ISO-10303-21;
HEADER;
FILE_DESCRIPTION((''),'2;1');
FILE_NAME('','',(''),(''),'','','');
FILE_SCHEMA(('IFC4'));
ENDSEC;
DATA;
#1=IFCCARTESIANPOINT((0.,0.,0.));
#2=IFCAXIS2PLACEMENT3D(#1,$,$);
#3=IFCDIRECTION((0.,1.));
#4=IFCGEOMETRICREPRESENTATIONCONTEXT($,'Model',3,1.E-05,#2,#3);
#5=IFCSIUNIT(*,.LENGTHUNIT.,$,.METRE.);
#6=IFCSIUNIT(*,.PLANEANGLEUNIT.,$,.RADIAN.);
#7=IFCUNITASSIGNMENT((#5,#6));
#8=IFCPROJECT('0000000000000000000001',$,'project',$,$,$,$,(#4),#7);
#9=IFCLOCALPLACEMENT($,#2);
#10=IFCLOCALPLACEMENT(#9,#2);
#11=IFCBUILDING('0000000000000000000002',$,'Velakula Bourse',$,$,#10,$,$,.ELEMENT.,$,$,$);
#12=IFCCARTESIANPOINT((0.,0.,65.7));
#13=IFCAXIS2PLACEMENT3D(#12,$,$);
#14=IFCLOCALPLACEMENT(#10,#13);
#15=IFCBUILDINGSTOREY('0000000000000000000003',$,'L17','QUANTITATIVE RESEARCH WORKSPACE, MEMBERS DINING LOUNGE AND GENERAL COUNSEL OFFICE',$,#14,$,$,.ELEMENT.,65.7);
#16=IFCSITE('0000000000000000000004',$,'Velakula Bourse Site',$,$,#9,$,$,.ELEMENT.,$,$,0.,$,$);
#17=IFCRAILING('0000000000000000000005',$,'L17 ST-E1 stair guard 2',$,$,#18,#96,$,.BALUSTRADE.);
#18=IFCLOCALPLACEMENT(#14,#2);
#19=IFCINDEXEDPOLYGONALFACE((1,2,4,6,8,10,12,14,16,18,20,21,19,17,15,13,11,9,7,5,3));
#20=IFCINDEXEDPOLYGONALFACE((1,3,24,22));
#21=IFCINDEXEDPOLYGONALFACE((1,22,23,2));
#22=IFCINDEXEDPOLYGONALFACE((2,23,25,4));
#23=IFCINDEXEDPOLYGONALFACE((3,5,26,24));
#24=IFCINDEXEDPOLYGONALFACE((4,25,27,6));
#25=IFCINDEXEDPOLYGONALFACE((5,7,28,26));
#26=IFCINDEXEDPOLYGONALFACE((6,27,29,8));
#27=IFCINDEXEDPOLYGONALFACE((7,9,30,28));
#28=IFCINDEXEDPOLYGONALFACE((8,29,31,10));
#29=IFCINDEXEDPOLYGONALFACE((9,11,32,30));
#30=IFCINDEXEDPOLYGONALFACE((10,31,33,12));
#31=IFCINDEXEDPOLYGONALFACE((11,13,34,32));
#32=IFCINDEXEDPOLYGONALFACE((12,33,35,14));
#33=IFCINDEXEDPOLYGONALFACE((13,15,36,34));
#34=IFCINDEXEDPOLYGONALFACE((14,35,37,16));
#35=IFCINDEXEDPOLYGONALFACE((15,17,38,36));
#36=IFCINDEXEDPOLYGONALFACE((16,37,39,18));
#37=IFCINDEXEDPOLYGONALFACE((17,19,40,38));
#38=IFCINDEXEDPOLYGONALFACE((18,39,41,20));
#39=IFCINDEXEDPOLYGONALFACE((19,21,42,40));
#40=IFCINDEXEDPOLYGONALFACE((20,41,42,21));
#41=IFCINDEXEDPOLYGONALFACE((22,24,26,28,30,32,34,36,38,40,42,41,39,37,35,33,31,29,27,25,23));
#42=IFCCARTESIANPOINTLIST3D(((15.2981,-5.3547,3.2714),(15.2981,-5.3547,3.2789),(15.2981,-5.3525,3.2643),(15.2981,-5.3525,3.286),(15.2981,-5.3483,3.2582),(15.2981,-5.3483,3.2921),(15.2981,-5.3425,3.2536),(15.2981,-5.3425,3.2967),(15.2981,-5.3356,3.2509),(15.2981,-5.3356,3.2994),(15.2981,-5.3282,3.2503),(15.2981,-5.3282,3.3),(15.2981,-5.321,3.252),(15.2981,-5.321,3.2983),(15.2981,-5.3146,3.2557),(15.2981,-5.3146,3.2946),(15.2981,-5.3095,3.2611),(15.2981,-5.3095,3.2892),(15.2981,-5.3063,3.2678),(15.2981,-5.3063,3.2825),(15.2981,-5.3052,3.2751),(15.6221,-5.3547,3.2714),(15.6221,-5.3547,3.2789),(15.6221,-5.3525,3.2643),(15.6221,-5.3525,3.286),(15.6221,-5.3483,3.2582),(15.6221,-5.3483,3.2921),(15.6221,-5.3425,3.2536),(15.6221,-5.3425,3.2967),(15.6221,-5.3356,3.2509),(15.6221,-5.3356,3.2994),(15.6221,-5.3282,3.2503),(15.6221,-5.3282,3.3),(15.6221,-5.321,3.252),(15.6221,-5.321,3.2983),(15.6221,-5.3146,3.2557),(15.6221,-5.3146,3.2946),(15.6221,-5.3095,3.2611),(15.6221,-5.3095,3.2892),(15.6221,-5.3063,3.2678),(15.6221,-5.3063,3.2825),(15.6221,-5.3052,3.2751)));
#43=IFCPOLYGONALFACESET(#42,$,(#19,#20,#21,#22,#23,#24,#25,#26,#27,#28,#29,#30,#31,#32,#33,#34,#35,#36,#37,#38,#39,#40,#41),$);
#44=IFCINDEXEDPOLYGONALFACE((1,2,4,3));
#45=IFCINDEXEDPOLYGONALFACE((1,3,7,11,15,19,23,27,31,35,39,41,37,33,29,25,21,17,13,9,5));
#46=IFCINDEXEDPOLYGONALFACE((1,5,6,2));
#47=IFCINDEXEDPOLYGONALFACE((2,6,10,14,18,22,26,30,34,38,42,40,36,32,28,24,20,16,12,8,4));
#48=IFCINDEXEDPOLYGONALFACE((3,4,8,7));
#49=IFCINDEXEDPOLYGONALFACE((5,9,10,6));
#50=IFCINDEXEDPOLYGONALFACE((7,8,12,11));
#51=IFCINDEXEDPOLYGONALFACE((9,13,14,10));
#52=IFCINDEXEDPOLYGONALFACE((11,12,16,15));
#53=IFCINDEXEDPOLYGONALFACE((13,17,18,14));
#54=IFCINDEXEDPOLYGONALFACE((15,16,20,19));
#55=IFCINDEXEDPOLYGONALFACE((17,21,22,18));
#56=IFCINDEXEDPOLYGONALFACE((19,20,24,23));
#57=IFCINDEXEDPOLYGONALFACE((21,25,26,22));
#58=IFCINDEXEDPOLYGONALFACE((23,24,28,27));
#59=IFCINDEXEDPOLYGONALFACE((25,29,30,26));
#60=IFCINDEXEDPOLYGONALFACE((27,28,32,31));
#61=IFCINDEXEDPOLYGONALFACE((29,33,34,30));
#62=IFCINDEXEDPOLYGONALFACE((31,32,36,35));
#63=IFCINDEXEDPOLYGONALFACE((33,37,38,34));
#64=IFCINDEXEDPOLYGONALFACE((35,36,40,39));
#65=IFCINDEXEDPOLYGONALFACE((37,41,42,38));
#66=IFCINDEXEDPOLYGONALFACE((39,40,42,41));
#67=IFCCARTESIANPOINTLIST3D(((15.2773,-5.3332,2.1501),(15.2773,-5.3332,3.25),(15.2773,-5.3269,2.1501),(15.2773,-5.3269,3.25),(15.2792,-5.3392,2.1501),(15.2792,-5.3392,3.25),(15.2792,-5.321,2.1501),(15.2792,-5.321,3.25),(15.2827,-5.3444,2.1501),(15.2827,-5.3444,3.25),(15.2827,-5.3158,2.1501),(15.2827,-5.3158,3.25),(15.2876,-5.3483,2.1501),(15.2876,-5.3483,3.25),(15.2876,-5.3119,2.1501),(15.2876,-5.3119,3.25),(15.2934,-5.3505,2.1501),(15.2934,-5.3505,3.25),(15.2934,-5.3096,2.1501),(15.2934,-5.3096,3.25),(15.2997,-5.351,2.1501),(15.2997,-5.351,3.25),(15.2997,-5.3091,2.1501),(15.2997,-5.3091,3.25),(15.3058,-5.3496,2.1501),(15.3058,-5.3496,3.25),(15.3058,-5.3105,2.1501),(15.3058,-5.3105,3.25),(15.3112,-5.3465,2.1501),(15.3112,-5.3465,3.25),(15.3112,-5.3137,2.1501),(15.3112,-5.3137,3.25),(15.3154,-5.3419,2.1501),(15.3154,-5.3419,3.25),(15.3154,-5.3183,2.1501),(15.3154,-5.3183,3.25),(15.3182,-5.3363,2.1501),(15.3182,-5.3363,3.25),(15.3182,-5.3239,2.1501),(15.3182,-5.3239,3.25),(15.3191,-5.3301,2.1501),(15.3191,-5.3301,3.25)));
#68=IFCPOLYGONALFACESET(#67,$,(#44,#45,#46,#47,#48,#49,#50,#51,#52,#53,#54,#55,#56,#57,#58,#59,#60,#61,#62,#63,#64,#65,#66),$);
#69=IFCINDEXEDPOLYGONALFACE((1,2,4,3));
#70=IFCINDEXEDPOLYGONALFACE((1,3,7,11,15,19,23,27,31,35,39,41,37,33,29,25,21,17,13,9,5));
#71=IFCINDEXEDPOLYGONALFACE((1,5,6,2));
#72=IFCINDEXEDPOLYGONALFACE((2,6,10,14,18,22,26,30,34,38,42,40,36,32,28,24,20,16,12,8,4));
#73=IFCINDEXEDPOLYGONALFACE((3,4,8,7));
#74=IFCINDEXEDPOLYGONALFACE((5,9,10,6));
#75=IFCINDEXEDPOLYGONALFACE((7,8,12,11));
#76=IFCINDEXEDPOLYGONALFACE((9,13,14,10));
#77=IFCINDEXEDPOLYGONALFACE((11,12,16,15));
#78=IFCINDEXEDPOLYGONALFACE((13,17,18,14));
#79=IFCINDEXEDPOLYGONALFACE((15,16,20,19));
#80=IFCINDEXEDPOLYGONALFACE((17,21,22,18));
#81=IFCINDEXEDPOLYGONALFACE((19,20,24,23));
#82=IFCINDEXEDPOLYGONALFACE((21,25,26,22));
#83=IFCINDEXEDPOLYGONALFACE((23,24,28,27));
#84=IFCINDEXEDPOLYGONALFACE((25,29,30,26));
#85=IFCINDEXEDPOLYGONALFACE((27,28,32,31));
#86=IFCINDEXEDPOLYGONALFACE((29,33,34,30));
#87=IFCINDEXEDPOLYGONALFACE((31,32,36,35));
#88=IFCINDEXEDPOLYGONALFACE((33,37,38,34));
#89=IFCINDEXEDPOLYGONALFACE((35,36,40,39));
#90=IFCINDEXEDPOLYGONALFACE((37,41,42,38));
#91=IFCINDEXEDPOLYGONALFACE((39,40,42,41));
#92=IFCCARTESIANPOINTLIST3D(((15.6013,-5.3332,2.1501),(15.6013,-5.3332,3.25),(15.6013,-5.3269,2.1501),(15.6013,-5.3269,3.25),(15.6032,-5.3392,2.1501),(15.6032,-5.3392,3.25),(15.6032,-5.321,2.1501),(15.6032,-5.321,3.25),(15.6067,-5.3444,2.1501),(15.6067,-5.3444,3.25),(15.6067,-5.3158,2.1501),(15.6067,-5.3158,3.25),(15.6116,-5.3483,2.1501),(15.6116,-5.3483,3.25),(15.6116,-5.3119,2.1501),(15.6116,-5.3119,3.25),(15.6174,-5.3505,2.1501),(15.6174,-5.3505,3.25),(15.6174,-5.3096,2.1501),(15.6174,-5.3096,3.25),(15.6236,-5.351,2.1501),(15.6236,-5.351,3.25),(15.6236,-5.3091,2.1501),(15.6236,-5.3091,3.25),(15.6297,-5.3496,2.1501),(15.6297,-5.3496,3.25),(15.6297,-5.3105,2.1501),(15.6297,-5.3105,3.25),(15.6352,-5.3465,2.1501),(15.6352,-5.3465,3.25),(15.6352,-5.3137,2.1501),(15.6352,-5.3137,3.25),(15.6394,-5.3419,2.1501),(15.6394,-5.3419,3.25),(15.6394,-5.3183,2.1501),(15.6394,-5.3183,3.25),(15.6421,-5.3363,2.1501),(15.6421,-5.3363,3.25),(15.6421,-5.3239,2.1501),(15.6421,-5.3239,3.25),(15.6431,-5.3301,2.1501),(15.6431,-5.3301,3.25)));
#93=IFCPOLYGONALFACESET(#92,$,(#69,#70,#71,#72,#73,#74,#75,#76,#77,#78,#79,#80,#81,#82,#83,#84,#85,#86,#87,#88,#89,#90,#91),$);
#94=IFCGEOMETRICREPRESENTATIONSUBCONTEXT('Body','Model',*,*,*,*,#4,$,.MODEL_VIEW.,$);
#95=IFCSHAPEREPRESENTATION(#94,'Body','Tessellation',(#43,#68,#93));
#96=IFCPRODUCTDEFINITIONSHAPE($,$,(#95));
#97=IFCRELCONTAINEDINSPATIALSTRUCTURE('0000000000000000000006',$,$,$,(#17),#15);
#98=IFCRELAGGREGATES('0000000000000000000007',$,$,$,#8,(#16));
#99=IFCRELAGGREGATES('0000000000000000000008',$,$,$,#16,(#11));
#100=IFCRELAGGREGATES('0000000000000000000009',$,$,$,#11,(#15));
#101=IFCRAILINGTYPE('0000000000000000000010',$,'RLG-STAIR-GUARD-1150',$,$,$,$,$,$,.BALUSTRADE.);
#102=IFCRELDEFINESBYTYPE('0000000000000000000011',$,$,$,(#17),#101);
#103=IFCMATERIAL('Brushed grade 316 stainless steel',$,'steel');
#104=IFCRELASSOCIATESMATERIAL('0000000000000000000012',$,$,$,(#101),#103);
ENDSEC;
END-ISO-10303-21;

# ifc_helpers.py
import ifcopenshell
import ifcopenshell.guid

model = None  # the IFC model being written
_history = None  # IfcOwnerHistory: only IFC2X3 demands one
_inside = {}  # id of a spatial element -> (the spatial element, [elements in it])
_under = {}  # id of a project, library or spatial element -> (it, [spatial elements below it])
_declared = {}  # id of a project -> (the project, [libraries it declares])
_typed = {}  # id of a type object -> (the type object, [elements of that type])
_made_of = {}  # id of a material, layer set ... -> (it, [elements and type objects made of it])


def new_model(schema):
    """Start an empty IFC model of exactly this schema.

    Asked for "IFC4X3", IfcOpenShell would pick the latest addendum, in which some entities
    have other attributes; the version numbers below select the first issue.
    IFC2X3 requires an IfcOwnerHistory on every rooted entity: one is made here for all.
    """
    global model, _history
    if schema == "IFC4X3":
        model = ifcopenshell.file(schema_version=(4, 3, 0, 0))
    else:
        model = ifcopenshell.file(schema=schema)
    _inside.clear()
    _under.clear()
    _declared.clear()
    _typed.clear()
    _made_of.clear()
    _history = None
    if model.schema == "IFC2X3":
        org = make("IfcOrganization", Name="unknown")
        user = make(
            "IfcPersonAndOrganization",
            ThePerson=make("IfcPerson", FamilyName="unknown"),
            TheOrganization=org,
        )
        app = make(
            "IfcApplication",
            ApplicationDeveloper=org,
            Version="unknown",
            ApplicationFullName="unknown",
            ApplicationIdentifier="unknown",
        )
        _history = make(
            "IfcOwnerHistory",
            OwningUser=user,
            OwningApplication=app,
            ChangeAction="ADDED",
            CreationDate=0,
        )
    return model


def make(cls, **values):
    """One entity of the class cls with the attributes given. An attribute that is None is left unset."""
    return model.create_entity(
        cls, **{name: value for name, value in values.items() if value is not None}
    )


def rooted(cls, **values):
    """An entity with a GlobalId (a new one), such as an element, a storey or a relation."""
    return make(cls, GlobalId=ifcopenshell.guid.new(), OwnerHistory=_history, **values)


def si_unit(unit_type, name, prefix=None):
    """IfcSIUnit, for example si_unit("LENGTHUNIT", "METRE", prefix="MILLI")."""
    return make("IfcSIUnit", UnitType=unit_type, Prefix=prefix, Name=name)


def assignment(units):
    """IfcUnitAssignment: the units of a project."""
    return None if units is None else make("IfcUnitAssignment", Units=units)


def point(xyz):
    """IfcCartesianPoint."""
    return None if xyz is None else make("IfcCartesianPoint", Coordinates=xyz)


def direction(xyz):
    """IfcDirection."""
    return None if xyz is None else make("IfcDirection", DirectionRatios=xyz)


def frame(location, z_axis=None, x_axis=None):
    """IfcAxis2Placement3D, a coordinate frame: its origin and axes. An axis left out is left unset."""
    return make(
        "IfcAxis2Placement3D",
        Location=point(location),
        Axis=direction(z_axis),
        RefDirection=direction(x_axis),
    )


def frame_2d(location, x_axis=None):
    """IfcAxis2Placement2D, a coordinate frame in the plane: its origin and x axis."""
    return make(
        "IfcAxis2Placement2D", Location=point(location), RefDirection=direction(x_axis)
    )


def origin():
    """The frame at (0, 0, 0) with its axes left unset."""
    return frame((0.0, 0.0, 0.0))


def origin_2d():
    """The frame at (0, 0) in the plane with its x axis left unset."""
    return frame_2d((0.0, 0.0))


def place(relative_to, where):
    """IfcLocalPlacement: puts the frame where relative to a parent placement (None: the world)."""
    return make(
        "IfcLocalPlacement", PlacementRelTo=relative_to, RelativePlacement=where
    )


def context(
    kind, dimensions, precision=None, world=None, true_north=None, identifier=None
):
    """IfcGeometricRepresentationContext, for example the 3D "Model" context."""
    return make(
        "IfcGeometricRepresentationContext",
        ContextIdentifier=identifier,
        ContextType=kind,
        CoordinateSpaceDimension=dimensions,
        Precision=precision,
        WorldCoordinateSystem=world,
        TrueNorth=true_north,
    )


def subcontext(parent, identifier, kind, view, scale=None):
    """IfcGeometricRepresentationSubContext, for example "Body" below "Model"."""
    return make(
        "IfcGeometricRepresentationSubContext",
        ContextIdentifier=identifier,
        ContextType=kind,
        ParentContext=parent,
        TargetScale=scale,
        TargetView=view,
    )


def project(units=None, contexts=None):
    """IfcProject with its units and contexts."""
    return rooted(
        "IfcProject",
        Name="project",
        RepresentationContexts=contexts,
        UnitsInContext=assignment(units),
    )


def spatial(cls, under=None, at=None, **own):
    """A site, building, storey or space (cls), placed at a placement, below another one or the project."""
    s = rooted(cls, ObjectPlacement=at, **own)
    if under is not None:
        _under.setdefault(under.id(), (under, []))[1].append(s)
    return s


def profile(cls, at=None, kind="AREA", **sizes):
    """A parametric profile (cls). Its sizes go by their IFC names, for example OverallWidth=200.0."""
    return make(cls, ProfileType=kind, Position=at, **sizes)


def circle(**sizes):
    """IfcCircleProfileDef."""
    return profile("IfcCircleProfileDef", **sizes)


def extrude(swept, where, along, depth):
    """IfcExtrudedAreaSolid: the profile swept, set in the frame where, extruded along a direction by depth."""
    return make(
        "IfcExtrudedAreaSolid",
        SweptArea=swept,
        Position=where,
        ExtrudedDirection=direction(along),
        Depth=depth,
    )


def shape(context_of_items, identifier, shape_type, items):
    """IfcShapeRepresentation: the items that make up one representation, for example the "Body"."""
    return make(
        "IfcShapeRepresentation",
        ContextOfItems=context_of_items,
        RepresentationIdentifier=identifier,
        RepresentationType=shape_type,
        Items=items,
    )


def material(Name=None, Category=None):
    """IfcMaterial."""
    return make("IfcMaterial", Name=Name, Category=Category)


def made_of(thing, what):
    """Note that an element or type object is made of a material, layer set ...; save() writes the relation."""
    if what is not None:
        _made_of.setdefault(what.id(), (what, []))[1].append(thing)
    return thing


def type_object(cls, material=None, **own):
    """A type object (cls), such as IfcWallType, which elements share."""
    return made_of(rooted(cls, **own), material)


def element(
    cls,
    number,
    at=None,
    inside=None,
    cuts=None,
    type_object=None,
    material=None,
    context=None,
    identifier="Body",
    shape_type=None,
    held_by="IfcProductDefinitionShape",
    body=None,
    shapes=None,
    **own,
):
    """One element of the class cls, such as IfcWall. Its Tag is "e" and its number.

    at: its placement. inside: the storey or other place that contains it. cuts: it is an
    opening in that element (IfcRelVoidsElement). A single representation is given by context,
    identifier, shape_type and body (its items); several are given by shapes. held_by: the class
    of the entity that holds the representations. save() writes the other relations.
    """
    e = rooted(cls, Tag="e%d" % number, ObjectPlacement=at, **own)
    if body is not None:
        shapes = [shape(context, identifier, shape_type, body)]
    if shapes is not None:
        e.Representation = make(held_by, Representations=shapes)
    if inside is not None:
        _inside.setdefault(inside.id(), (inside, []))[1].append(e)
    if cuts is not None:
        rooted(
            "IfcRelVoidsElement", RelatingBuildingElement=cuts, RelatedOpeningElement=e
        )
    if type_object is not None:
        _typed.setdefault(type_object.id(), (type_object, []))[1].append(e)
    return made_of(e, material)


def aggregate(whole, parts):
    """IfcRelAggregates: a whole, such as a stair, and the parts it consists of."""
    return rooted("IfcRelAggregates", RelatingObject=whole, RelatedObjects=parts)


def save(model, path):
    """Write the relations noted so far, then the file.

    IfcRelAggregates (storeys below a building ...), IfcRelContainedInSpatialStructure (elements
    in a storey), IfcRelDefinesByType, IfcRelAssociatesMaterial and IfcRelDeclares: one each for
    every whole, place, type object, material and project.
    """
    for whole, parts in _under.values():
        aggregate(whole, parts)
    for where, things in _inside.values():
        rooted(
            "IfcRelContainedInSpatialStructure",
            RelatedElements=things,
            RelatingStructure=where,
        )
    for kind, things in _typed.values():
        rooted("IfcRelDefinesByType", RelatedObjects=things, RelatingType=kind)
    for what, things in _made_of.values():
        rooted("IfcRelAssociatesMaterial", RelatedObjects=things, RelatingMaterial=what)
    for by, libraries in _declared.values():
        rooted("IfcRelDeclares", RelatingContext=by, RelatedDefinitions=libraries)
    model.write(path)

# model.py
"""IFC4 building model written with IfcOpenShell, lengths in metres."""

from ifc_helpers import new_model, si_unit, direction, frame, origin, origin_2d, place, context, subcontext, project, spatial, circle, extrude, material, type_object, element, save


model = new_model("IFC4")

# Units and contexts
model_context = context("Model", 3, precision=1e-05, world=origin(), true_north=direction((0.0, 1.0)))
body_context = subcontext(model_context, "Body", "Model", "MODEL_VIEW")
ifc_project = project(units=[si_unit("LENGTHUNIT", "METRE"), si_unit("PLANEANGLEUNIT", "RADIAN")], contexts=[model_context])

# Site, building, storey
site_placement = place(None, origin())
site = spatial("IfcSite", under=ifc_project, at=site_placement, Name="Velakula Bourse Site", CompositionType="ELEMENT", RefElevation=0.0)
building_placement = place(site_placement, origin())
building = spatial("IfcBuilding", under=site, at=building_placement, Name="Velakula Bourse", CompositionType="ELEMENT")
storey_placement = place(building_placement, frame((0.0, 0.0, 65.7)))
storey = spatial("IfcBuildingStorey", under=building, at=storey_placement, Name="L17", Description="QUANTITATIVE RESEARCH WORKSPACE, MEMBERS DINING LOUNGE AND GENERAL COUNSEL OFFICE", CompositionType="ELEMENT", Elevation=65.7)

# Shared definitions
ifc_material_1 = material(Name="Brushed grade 316 stainless steel", Category="steel")

# Railing
railing_type_1 = type_object("IfcRailingType", Name="RLG-STAIR-GUARD-1150", PredefinedType="BALUSTRADE", material=ifc_material_1)
railing_1_placement = place(storey_placement, frame((15.2981, -5.3301, 2.1501)))
element("IfcRailing", 1, at=railing_1_placement, inside=storey, type_object=railing_type_1, Name="L17 ST-E1 stair guard 2", PredefinedType="BALUSTRADE", context=body_context, shape_type="SweptSolid", body=[
    extrude(circle(Radius=0.0249, at=origin_2d()), frame((0.0, 0.0, 1.125), z_axis=(1.0, 0.0, 0.0), x_axis=(0.0, 1.0, 0.0)), (0.0, 0.0, 1.0), 0.324),
    extrude(circle(Radius=0.021, at=origin_2d()), origin(), (0.0, 0.0, 1.0), 1.0999),
    extrude(circle(Radius=0.021, at=origin_2d()), frame((0.324, 0.0, 0.0)), (0.0, 0.0, 1.0), 1.0999),
])

save(model, "model.ifc")
